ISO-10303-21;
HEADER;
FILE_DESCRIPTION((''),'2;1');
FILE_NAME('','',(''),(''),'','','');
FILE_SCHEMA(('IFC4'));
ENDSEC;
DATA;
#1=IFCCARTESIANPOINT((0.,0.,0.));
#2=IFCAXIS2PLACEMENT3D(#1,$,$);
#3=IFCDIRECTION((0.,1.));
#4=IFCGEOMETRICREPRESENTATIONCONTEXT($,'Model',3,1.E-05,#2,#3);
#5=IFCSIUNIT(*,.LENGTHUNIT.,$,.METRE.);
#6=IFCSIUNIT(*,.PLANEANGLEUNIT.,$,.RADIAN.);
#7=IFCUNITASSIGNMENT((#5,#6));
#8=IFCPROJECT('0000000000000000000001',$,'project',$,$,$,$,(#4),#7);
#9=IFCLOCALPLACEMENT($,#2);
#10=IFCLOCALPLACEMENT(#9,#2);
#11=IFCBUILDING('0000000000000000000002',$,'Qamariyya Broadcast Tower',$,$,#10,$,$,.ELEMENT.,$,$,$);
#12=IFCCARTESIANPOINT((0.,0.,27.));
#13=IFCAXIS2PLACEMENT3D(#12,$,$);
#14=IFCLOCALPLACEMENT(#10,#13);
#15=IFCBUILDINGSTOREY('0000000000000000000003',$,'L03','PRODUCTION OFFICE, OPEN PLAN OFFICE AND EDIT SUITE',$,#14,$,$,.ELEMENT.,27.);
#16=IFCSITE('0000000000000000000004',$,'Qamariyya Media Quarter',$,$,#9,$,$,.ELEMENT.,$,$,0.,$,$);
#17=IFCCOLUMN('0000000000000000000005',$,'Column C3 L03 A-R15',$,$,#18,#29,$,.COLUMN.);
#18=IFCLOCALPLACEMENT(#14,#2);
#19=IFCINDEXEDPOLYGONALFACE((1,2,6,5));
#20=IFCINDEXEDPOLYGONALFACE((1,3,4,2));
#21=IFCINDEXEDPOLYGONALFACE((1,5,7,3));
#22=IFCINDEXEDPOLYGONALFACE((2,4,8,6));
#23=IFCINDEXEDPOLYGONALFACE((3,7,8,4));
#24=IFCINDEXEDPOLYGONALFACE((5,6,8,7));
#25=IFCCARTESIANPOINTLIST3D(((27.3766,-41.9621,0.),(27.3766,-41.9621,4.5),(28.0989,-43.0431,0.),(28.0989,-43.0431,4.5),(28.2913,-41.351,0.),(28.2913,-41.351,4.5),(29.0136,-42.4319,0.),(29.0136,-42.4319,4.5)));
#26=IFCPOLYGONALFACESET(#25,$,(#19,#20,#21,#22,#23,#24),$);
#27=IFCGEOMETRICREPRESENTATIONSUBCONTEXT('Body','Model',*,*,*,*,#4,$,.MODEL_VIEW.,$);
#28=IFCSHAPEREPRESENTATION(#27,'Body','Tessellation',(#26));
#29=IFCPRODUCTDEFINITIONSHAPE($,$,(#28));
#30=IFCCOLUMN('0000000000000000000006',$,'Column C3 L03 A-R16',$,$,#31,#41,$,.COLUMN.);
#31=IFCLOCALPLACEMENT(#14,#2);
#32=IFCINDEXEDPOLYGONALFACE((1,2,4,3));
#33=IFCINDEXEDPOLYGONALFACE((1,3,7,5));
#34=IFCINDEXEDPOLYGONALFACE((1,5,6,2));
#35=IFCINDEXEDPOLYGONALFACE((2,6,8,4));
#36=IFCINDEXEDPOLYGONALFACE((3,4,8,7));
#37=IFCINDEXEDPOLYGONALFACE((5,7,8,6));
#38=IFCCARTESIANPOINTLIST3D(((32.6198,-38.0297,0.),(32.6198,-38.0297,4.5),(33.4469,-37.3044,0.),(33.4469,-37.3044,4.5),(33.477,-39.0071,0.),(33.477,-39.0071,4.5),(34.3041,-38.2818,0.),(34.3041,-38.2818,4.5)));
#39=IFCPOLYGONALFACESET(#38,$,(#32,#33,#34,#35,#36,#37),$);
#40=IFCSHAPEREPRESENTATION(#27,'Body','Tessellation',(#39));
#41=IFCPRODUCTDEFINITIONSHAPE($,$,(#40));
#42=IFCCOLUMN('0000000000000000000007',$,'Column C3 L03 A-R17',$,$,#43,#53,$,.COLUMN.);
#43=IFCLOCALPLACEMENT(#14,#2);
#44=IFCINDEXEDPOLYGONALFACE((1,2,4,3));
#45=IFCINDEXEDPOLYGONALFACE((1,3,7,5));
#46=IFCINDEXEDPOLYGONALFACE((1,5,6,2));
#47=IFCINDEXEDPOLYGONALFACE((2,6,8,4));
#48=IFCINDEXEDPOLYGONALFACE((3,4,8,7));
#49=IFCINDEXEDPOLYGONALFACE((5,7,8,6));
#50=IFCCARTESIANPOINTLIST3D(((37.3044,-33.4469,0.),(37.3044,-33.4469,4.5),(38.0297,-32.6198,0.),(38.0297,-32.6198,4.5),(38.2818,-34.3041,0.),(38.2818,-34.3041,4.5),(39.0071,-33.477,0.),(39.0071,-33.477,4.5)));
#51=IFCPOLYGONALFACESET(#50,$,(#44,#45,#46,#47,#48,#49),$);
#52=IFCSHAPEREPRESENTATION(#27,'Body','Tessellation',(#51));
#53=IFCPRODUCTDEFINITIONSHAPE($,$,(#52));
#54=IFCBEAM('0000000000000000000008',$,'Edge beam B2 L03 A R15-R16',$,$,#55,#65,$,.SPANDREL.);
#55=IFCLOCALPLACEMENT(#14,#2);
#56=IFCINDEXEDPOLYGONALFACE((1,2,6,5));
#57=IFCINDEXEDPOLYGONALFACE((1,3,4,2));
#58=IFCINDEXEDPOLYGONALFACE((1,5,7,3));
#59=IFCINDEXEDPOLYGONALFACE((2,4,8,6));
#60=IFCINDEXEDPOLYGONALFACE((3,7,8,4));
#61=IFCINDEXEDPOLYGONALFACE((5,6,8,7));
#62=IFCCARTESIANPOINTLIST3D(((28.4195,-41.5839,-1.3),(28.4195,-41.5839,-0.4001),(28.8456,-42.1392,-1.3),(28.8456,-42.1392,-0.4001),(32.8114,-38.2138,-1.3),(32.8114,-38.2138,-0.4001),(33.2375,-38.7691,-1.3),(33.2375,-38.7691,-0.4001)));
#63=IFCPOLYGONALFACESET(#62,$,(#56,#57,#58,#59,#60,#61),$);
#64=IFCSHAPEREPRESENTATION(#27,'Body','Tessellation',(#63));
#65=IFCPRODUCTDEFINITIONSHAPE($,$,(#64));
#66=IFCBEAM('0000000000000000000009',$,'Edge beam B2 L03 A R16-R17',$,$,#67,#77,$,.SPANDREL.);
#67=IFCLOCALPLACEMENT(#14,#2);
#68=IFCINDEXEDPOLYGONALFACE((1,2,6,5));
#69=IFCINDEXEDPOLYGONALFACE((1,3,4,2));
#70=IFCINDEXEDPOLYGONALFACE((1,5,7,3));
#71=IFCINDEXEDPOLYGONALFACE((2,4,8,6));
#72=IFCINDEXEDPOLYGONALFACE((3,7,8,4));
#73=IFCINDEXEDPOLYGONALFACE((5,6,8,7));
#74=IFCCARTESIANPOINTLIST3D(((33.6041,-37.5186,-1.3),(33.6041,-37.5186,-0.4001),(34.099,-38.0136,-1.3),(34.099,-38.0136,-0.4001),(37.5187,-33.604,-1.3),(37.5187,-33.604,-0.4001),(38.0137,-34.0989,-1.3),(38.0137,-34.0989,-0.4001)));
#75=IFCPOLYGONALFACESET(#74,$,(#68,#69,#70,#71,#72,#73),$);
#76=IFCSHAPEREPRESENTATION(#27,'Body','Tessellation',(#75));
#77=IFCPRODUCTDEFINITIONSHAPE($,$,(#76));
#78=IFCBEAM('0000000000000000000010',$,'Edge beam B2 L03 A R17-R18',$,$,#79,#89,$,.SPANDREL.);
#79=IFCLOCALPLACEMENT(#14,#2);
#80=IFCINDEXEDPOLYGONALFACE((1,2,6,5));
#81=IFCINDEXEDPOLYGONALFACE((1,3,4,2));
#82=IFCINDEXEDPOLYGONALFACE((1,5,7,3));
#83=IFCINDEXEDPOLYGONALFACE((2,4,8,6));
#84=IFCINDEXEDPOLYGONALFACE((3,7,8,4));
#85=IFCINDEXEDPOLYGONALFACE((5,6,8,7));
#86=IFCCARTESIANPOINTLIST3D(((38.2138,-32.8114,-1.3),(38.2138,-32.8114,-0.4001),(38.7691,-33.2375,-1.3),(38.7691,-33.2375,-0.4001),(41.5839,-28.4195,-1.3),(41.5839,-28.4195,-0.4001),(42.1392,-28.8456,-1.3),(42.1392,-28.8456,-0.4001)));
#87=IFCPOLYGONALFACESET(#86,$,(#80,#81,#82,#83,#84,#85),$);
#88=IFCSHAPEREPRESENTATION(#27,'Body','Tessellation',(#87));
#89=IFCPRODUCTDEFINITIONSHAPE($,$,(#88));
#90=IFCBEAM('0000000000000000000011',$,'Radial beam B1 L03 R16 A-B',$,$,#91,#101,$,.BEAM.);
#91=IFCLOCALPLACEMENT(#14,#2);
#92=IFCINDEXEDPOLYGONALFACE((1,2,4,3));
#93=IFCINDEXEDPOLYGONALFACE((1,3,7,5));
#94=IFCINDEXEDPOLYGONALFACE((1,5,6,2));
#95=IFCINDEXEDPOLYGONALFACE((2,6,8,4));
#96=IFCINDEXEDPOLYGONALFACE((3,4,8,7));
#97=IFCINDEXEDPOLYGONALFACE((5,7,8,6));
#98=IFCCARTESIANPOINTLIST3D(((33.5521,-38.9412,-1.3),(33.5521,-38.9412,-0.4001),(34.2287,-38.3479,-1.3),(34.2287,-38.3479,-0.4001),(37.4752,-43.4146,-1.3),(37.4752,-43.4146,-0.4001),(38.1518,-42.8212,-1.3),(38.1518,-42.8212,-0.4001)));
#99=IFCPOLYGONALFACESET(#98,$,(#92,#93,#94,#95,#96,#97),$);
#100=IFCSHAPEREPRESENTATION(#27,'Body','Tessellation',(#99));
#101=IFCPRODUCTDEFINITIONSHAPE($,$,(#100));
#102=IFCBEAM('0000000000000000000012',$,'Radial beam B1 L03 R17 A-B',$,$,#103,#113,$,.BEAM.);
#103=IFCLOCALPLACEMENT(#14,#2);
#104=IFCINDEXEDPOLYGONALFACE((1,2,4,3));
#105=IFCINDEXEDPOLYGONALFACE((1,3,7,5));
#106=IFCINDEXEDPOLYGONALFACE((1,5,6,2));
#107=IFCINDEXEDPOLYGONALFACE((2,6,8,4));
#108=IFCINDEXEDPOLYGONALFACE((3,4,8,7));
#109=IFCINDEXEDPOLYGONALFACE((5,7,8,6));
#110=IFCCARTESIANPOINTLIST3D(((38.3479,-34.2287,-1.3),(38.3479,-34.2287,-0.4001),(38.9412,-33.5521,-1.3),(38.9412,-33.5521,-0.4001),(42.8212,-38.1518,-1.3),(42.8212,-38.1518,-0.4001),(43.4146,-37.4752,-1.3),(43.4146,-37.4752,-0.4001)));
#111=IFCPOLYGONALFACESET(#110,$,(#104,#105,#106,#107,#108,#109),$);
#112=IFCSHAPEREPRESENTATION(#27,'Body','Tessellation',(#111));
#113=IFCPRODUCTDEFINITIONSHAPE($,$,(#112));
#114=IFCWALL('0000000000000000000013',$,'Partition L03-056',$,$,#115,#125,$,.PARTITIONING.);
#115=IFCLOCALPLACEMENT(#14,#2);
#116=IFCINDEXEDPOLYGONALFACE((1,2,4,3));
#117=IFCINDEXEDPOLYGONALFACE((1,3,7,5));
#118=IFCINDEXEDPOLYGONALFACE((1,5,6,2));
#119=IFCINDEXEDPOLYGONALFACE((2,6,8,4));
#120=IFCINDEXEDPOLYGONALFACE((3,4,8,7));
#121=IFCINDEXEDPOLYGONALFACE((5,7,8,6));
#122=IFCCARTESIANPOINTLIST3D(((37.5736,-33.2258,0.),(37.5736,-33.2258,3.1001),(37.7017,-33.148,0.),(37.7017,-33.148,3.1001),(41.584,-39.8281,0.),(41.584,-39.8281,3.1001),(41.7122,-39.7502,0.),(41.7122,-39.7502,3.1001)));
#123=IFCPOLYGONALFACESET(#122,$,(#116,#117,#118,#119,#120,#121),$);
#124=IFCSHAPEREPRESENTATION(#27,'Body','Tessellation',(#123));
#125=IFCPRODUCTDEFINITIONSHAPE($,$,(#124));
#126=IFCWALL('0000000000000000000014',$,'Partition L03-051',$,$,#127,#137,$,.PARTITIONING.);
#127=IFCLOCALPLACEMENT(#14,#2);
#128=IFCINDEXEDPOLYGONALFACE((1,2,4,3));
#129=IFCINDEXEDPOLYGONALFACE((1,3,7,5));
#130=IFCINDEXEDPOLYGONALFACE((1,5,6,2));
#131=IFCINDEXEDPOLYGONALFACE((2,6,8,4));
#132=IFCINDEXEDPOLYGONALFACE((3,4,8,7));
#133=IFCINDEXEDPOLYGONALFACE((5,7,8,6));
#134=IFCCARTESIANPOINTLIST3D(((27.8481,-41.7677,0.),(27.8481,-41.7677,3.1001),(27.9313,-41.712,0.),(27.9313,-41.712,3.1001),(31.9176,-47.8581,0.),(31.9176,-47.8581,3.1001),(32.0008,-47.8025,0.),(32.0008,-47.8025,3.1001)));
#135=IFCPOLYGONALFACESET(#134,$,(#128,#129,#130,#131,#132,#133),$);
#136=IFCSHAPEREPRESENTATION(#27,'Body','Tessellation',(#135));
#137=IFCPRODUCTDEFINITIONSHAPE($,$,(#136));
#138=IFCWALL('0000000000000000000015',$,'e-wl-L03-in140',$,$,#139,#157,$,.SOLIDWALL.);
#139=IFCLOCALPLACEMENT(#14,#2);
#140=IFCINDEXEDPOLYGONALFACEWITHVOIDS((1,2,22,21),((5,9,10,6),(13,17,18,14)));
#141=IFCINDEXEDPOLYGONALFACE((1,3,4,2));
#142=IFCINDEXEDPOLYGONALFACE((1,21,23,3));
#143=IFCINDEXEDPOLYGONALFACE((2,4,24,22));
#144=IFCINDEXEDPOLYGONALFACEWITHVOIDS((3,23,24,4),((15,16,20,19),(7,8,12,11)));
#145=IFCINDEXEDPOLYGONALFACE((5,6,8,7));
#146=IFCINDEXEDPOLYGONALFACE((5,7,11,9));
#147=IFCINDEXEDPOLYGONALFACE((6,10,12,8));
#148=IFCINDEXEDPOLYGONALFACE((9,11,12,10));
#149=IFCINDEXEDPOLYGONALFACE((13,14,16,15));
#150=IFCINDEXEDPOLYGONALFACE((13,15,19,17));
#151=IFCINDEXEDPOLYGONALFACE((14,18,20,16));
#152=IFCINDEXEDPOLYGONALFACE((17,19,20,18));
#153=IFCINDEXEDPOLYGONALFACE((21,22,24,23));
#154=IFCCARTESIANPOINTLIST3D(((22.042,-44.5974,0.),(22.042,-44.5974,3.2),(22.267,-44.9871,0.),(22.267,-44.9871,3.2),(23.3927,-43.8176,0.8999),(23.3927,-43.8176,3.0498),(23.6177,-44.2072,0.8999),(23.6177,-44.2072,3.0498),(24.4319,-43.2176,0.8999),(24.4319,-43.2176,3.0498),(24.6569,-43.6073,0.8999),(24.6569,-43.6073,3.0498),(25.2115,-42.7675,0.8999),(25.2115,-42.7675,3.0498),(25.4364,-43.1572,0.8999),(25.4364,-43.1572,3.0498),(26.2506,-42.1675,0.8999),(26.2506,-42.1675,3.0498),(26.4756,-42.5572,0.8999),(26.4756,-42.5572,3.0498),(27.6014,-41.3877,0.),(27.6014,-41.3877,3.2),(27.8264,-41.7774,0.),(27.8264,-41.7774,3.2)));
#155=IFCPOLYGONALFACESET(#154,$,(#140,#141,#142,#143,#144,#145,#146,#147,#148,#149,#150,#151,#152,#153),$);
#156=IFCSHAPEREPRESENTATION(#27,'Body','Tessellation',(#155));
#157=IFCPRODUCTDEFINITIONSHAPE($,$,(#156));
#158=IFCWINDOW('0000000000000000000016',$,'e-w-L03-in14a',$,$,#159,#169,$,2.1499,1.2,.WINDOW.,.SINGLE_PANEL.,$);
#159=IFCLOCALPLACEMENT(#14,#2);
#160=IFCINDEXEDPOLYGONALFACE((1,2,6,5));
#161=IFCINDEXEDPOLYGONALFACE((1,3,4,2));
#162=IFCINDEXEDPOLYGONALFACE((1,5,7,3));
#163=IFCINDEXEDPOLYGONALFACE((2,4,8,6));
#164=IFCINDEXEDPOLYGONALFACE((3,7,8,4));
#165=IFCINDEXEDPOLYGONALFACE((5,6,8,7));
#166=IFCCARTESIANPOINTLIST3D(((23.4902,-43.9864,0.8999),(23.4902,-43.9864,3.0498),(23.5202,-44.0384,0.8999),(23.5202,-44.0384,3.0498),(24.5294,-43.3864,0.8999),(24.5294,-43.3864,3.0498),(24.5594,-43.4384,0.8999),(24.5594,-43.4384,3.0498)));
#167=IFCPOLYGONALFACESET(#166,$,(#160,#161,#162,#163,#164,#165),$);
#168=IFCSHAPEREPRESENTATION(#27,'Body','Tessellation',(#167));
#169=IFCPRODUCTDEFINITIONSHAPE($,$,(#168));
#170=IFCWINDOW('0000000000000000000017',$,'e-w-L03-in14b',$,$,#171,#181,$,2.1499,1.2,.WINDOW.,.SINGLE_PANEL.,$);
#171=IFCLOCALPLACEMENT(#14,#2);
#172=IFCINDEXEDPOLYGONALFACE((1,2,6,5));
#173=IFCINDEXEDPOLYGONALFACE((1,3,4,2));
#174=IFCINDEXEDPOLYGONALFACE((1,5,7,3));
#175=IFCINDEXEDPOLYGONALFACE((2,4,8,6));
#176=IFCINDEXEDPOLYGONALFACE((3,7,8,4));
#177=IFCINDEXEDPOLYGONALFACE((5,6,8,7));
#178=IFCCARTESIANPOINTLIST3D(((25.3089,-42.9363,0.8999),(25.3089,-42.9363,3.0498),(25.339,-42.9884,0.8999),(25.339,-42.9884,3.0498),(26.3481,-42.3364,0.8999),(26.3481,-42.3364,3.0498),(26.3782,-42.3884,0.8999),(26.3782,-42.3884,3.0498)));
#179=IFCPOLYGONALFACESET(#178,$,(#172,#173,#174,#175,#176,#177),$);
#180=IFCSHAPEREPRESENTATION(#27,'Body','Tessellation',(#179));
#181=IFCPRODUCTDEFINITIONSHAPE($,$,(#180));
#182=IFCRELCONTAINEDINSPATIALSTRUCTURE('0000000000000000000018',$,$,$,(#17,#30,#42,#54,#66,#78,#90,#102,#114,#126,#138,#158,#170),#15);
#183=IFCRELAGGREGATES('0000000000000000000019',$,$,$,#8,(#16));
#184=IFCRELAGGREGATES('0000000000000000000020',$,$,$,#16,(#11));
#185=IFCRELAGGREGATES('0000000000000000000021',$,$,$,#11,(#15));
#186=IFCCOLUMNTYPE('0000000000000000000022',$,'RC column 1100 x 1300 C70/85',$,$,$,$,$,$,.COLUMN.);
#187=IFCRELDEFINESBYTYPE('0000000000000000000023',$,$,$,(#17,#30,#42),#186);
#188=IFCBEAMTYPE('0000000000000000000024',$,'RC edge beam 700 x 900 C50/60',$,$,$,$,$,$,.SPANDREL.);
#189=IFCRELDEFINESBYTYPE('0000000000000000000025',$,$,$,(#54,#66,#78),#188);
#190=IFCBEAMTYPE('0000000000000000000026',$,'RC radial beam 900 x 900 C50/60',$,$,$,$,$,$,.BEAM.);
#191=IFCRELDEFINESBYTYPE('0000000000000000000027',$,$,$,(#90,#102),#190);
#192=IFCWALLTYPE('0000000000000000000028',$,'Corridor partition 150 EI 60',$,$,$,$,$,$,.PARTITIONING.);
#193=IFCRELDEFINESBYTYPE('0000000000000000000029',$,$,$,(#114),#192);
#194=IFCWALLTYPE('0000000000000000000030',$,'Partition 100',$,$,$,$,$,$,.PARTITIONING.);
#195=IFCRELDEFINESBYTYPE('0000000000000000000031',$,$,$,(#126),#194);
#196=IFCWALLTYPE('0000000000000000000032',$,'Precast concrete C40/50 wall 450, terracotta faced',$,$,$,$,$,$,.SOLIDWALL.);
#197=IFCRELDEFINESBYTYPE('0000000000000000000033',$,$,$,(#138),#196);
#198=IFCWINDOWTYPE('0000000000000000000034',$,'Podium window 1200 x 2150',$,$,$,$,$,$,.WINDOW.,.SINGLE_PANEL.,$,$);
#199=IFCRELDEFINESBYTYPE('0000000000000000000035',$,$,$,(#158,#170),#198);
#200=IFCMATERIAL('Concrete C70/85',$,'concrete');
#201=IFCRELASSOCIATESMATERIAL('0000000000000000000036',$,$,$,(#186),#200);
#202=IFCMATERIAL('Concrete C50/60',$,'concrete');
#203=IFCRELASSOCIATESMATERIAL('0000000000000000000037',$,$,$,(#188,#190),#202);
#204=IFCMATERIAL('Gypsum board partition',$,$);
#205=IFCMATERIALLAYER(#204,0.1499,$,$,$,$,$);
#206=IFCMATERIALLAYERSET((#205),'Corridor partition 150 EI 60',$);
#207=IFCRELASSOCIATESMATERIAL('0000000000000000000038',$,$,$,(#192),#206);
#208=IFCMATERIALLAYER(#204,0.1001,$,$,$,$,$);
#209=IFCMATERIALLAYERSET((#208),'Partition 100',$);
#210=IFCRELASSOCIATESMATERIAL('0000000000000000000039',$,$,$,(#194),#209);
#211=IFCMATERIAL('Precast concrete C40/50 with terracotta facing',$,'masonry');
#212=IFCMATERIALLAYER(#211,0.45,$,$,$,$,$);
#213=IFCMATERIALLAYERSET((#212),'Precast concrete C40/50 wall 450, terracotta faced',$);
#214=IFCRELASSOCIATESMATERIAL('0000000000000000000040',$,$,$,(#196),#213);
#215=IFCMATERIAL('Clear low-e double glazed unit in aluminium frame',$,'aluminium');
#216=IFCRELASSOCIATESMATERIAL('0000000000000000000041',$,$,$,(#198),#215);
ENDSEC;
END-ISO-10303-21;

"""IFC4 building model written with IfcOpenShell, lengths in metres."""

from ifc_helpers import new_model, si_unit, direction, frame, frame_2d, origin, origin_2d, place, context, subcontext, project, spatial, rectangle, extrude, material, layer, layer_set, material_profile, profile_set, type_object, element, fill, save


model = new_model("IFC4")

# Units and contexts
model_context = context("Model", 3, precision=1e-05, world=origin(), true_north=direction((0.0, 1.0)))
body_context = subcontext(model_context, "Body", "Model", "MODEL_VIEW")
ifc_project = project(units=[si_unit("LENGTHUNIT", "METRE"), si_unit("PLANEANGLEUNIT", "RADIAN")], contexts=[model_context])

# Site, building, storey
site_placement = place(None, origin())
site = spatial("IfcSite", under=ifc_project, at=site_placement, Name="Qamariyya Media Quarter", CompositionType="ELEMENT", RefElevation=0.0)
building_placement = place(site_placement, origin())
building = spatial("IfcBuilding", under=site, at=building_placement, Name="Qamariyya Broadcast Tower", CompositionType="ELEMENT")
storey_placement = place(building_placement, frame((0.0, 0.0, 27.0)))
storey = spatial("IfcBuildingStorey", under=building, at=storey_placement, Name="L03", Description="PRODUCTION OFFICE, OPEN PLAN OFFICE AND EDIT SUITE", CompositionType="ELEMENT", Elevation=27.0)

# Columns
ifc_material_1 = material(Name="Concrete C70/85", Category="concrete")
ifc_material_profile_1 = material_profile(ifc_material_1, rectangle(XDim=1.1001, YDim=1.3, at=origin_2d()))
ifc_profile_set_1 = profile_set([ifc_material_profile_1], Name="Concrete C70/85")
column_type = type_object("IfcColumnType", Name="RC column 1100 x 1300 C70/85", PredefinedType="COLUMN", material=ifc_profile_set_1)
for number, where, z_axis, x_axis, name in (
    (1, (28.1951, -42.197, 0.0), (0.0, 0.0, 1.0), (0.83147, 0.55557, 0.0), "Column C3 L03 A-R15"),
    (2, (33.4619, -38.1558, 0.0), (0.0, 0.0, 1.0), (0.75184, 0.659346, 0.0), "Column C3 L03 A-R16"),
    (3, (38.1558, -33.4619, 0.0), (0.0, 0.0, 1.0), (0.659346, 0.75184, 0.0), "Column C3 L03 A-R17"),
):
    element("IfcColumn", number, at=place(storey_placement, frame(where, z_axis=z_axis, x_axis=x_axis)), inside=storey, type_object=column_type, Name=name, PredefinedType="COLUMN", context=body_context, shape_type="SweptSolid", body=[
        extrude(rectangle(XDim=1.1001, YDim=1.3, at=origin_2d()), origin(), (0.0, 0.0, 1.0), 4.5),
    ])

# Beams
ifc_material_2 = material(Name="Concrete C50/60", Category="concrete")
ifc_material_profile_2 = material_profile(ifc_material_2, rectangle(XDim=0.7, YDim=0.8999, at=origin_2d()))
ifc_profile_set_2 = profile_set([ifc_material_profile_2], Name="Concrete C50/60")
beam_type_1 = type_object("IfcBeamType", Name="RC edge beam 700 x 900 C50/60", PredefinedType="SPANDREL", material=ifc_profile_set_2)
beam_1_placement = place(storey_placement, frame((28.6326, -41.8616, -0.8501), z_axis=(0.793342, 0.608777, 0.0), x_axis=(-0.608777, 0.793342, 0.0)))
element("IfcBeam", 4, at=beam_1_placement, inside=storey, type_object=beam_type_1, Name="Edge beam B2 L03 A R15-R16", PredefinedType="SPANDREL", context=body_context, shape_type="SweptSolid", body=[
    extrude(rectangle(XDim=0.7, YDim=0.8999, at=origin_2d()), origin(), (0.0, 0.0, 1.0), 5.5359),
])
beam_2_placement = place(storey_placement, frame((33.8516, -37.7661, -0.8501), z_axis=(0.707107, 0.707107, 0.0), x_axis=(-0.707107, 0.707107, 0.0)))
element("IfcBeam", 5, at=beam_2_placement, inside=storey, type_object=beam_type_1, Name="Edge beam B2 L03 A R16-R17", PredefinedType="SPANDREL", context=body_context, shape_type="SweptSolid", body=[
    extrude(rectangle(XDim=0.7, YDim=0.8999, at=origin_2d()), origin(), (0.0, 0.0, 1.0), 5.5361),
])
beam_3_placement = place(storey_placement, frame((38.4915, -33.0244, -0.8501), z_axis=(0.608777, 0.793342, 0.0), x_axis=(-0.793342, 0.608777, 0.0)))
element("IfcBeam", 6, at=beam_3_placement, inside=storey, type_object=beam_type_1, Name="Edge beam B2 L03 A R17-R18", PredefinedType="SPANDREL", context=body_context, shape_type="SweptSolid", body=[
    extrude(rectangle(XDim=0.7, YDim=0.8999, at=origin_2d()), origin(), (0.0, 0.0, 1.0), 5.5359),
])
ifc_material_profile_3 = material_profile(ifc_material_2, rectangle(XDim=0.8999, YDim=0.8999, at=origin_2d()))
ifc_profile_set_3 = profile_set([ifc_material_profile_3], Name="Concrete C50/60")
beam_type_2 = type_object("IfcBeamType", Name="RC radial beam 900 x 900 C50/60", PredefinedType="BEAM", material=ifc_profile_set_3)
for number, where, z_axis, x_axis, name in (
    (7, (33.8904, -38.6445, -0.8501), (0.65935, -0.751837, 0.0), (0.751837, 0.65935, 0.0), "Radial beam B1 L03 R16 A-B"),
    (8, (38.6445, -33.8904, -0.8501), (0.751837, -0.65935, 0.0), (0.65935, 0.751837, 0.0), "Radial beam B1 L03 R17 A-B"),
):
    element("IfcBeam", number, at=place(storey_placement, frame(where, z_axis=z_axis, x_axis=x_axis)), inside=storey, type_object=beam_type_2, Name=name, PredefinedType="BEAM", context=body_context, shape_type="SweptSolid", body=[
        extrude(rectangle(XDim=0.8999, YDim=0.8999, at=origin_2d()), origin(), (0.0, 0.0, 1.0), 5.95),
    ])

# Walls
ifc_material_3 = material(Name="Gypsum board partition")
ifc_layer_1 = layer(ifc_material_3, 0.1499)
ifc_layer_set_1 = layer_set([ifc_layer_1], Name="Corridor partition 150 EI 60")
wall_type_1 = type_object("IfcWallType", Name="Corridor partition 150 EI 60", PredefinedType="PARTITIONING", material=ifc_layer_set_1)
wall_1_placement = place(storey_placement, frame((37.6377, -33.187, 0.0), z_axis=(0.0, 0.0, 1.0), x_axis=(0.519164, -0.854675, 0.0)))
element("IfcWall", 9, at=wall_1_placement, inside=storey, type_object=wall_type_1, Name="Partition L03-056", PredefinedType="PARTITIONING", context=body_context, shape_type="SweptSolid", body=[
    extrude(rectangle(XDim=7.7249, YDim=0.1499, at=frame_2d((3.8623, 0.0))), origin(), (0.0, 0.0, 1.0), 3.1001),
])
ifc_layer_2 = layer(ifc_material_3, 0.1001)
ifc_layer_set_2 = layer_set([ifc_layer_2], Name="Partition 100")
wall_type_2 = type_object("IfcWallType", Name="Partition 100", PredefinedType="PARTITIONING", material=ifc_layer_set_2)
wall_2_placement = place(storey_placement, frame((27.8896, -41.7397, 0.0), z_axis=(0.0, 0.0, 1.0), x_axis=(0.555569, -0.83147, 0.0)))
element("IfcWall", 10, at=wall_2_placement, inside=storey, type_object=wall_type_2, Name="Partition L03-051", PredefinedType="PARTITIONING", context=body_context, shape_type="SweptSolid", body=[
    extrude(rectangle(XDim=7.325, YDim=0.1001, at=frame_2d((3.6626, 0.0))), origin(), (0.0, 0.0, 1.0), 3.1001),
])

# Wall, openings, windows
ifc_material_4 = material(Name="Precast concrete C40/50 with terracotta facing", Category="masonry")
ifc_layer_3 = layer(ifc_material_4, 0.45)
ifc_layer_set_3 = layer_set([ifc_layer_3], Name="Precast concrete C40/50 wall 450, terracotta faced")
wall_type_3 = type_object("IfcWallType", Name="Precast concrete C40/50 wall 450, terracotta faced", PredefinedType="SOLIDWALL", material=ifc_layer_set_3)
wall_3_placement = place(storey_placement, frame((27.7139, -41.5825, 0.0), z_axis=(0.0, 0.0, 1.0), x_axis=(-0.866023, -0.500004, 0.0)))
wall_3 = element("IfcWall", 11, at=wall_3_placement, inside=storey, type_object=wall_type_3, Name="e-wl-L03-in140", PredefinedType="SOLIDWALL", context=body_context, shape_type="SweptSolid", body=[
    extrude(rectangle(XDim=6.4194, YDim=0.45, at=frame_2d((3.2097, 0.0))), origin(), (0.0, 0.0, 1.0), 3.2),
])
opening_1_placement = place(wall_3_placement, frame((3.6597, 0.0, 0.8999)))
opening_1 = element("IfcOpeningElement", 12, at=opening_1_placement, cuts=wall_3, PredefinedType="OPENING", context=body_context, shape_type="SweptSolid", body=[
    extrude(rectangle(XDim=1.2, YDim=2.1499, at=frame_2d((0.6001, 1.075))), frame((0.0, 0.2349, 0.0), z_axis=(0.0, -1.0, 0.0), x_axis=(1.0, 0.0, 0.0)), (0.0, 0.0, 1.0), 0.47),
])
opening_2_placement = place(wall_3_placement, frame((1.5596, 0.0, 0.8999)))
opening_2 = element("IfcOpeningElement", 13, at=opening_2_placement, cuts=wall_3, PredefinedType="OPENING", context=body_context, shape_type="SweptSolid", body=[
    extrude(rectangle(XDim=1.2, YDim=2.1499, at=frame_2d((0.6001, 1.075))), frame((0.0, 0.2349, 0.0), z_axis=(0.0, -1.0, 0.0), x_axis=(1.0, 0.0, 0.0)), (0.0, 0.0, 1.0), 0.47),
])
ifc_material_5 = material(Name="Clear low-e double glazed unit in aluminium frame", Category="aluminium")
window_type = type_object("IfcWindowType", Name="Podium window 1200 x 2150", PartitioningType="SINGLE_PANEL", PredefinedType="WINDOW", material=ifc_material_5)
window_1_placement = place(opening_1_placement, origin())
window_1 = element("IfcWindow", 14, at=window_1_placement, inside=storey, type_object=window_type, Name="e-w-L03-in14a", OverallHeight=2.1499, OverallWidth=1.2, PartitioningType="SINGLE_PANEL", PredefinedType="WINDOW", context=body_context, shape_type="SweptSolid", body=[
    extrude(rectangle(XDim=1.2, YDim=2.1499, at=frame_2d((0.6001, 1.075))), frame((0.0, 0.03, 0.0), z_axis=(0.0, -1.0, 0.0), x_axis=(1.0, 0.0, 0.0)), (0.0, 0.0, 1.0), 0.0601),
])
fill(opening_1, window_1)
window_2_placement = place(opening_2_placement, origin())
window_2 = element("IfcWindow", 15, at=window_2_placement, inside=storey, type_object=window_type, Name="e-w-L03-in14b", OverallHeight=2.1499, OverallWidth=1.2, PartitioningType="SINGLE_PANEL", PredefinedType="WINDOW", context=body_context, shape_type="SweptSolid", body=[
    extrude(rectangle(XDim=1.2, YDim=2.1499, at=frame_2d((0.6001, 1.075))), frame((0.0, 0.03, 0.0), z_axis=(0.0, -1.0, 0.0), x_axis=(1.0, 0.0, 0.0)), (0.0, 0.0, 1.0), 0.0601),
])
fill(opening_2, window_2)

save(model, "model.ifc")
